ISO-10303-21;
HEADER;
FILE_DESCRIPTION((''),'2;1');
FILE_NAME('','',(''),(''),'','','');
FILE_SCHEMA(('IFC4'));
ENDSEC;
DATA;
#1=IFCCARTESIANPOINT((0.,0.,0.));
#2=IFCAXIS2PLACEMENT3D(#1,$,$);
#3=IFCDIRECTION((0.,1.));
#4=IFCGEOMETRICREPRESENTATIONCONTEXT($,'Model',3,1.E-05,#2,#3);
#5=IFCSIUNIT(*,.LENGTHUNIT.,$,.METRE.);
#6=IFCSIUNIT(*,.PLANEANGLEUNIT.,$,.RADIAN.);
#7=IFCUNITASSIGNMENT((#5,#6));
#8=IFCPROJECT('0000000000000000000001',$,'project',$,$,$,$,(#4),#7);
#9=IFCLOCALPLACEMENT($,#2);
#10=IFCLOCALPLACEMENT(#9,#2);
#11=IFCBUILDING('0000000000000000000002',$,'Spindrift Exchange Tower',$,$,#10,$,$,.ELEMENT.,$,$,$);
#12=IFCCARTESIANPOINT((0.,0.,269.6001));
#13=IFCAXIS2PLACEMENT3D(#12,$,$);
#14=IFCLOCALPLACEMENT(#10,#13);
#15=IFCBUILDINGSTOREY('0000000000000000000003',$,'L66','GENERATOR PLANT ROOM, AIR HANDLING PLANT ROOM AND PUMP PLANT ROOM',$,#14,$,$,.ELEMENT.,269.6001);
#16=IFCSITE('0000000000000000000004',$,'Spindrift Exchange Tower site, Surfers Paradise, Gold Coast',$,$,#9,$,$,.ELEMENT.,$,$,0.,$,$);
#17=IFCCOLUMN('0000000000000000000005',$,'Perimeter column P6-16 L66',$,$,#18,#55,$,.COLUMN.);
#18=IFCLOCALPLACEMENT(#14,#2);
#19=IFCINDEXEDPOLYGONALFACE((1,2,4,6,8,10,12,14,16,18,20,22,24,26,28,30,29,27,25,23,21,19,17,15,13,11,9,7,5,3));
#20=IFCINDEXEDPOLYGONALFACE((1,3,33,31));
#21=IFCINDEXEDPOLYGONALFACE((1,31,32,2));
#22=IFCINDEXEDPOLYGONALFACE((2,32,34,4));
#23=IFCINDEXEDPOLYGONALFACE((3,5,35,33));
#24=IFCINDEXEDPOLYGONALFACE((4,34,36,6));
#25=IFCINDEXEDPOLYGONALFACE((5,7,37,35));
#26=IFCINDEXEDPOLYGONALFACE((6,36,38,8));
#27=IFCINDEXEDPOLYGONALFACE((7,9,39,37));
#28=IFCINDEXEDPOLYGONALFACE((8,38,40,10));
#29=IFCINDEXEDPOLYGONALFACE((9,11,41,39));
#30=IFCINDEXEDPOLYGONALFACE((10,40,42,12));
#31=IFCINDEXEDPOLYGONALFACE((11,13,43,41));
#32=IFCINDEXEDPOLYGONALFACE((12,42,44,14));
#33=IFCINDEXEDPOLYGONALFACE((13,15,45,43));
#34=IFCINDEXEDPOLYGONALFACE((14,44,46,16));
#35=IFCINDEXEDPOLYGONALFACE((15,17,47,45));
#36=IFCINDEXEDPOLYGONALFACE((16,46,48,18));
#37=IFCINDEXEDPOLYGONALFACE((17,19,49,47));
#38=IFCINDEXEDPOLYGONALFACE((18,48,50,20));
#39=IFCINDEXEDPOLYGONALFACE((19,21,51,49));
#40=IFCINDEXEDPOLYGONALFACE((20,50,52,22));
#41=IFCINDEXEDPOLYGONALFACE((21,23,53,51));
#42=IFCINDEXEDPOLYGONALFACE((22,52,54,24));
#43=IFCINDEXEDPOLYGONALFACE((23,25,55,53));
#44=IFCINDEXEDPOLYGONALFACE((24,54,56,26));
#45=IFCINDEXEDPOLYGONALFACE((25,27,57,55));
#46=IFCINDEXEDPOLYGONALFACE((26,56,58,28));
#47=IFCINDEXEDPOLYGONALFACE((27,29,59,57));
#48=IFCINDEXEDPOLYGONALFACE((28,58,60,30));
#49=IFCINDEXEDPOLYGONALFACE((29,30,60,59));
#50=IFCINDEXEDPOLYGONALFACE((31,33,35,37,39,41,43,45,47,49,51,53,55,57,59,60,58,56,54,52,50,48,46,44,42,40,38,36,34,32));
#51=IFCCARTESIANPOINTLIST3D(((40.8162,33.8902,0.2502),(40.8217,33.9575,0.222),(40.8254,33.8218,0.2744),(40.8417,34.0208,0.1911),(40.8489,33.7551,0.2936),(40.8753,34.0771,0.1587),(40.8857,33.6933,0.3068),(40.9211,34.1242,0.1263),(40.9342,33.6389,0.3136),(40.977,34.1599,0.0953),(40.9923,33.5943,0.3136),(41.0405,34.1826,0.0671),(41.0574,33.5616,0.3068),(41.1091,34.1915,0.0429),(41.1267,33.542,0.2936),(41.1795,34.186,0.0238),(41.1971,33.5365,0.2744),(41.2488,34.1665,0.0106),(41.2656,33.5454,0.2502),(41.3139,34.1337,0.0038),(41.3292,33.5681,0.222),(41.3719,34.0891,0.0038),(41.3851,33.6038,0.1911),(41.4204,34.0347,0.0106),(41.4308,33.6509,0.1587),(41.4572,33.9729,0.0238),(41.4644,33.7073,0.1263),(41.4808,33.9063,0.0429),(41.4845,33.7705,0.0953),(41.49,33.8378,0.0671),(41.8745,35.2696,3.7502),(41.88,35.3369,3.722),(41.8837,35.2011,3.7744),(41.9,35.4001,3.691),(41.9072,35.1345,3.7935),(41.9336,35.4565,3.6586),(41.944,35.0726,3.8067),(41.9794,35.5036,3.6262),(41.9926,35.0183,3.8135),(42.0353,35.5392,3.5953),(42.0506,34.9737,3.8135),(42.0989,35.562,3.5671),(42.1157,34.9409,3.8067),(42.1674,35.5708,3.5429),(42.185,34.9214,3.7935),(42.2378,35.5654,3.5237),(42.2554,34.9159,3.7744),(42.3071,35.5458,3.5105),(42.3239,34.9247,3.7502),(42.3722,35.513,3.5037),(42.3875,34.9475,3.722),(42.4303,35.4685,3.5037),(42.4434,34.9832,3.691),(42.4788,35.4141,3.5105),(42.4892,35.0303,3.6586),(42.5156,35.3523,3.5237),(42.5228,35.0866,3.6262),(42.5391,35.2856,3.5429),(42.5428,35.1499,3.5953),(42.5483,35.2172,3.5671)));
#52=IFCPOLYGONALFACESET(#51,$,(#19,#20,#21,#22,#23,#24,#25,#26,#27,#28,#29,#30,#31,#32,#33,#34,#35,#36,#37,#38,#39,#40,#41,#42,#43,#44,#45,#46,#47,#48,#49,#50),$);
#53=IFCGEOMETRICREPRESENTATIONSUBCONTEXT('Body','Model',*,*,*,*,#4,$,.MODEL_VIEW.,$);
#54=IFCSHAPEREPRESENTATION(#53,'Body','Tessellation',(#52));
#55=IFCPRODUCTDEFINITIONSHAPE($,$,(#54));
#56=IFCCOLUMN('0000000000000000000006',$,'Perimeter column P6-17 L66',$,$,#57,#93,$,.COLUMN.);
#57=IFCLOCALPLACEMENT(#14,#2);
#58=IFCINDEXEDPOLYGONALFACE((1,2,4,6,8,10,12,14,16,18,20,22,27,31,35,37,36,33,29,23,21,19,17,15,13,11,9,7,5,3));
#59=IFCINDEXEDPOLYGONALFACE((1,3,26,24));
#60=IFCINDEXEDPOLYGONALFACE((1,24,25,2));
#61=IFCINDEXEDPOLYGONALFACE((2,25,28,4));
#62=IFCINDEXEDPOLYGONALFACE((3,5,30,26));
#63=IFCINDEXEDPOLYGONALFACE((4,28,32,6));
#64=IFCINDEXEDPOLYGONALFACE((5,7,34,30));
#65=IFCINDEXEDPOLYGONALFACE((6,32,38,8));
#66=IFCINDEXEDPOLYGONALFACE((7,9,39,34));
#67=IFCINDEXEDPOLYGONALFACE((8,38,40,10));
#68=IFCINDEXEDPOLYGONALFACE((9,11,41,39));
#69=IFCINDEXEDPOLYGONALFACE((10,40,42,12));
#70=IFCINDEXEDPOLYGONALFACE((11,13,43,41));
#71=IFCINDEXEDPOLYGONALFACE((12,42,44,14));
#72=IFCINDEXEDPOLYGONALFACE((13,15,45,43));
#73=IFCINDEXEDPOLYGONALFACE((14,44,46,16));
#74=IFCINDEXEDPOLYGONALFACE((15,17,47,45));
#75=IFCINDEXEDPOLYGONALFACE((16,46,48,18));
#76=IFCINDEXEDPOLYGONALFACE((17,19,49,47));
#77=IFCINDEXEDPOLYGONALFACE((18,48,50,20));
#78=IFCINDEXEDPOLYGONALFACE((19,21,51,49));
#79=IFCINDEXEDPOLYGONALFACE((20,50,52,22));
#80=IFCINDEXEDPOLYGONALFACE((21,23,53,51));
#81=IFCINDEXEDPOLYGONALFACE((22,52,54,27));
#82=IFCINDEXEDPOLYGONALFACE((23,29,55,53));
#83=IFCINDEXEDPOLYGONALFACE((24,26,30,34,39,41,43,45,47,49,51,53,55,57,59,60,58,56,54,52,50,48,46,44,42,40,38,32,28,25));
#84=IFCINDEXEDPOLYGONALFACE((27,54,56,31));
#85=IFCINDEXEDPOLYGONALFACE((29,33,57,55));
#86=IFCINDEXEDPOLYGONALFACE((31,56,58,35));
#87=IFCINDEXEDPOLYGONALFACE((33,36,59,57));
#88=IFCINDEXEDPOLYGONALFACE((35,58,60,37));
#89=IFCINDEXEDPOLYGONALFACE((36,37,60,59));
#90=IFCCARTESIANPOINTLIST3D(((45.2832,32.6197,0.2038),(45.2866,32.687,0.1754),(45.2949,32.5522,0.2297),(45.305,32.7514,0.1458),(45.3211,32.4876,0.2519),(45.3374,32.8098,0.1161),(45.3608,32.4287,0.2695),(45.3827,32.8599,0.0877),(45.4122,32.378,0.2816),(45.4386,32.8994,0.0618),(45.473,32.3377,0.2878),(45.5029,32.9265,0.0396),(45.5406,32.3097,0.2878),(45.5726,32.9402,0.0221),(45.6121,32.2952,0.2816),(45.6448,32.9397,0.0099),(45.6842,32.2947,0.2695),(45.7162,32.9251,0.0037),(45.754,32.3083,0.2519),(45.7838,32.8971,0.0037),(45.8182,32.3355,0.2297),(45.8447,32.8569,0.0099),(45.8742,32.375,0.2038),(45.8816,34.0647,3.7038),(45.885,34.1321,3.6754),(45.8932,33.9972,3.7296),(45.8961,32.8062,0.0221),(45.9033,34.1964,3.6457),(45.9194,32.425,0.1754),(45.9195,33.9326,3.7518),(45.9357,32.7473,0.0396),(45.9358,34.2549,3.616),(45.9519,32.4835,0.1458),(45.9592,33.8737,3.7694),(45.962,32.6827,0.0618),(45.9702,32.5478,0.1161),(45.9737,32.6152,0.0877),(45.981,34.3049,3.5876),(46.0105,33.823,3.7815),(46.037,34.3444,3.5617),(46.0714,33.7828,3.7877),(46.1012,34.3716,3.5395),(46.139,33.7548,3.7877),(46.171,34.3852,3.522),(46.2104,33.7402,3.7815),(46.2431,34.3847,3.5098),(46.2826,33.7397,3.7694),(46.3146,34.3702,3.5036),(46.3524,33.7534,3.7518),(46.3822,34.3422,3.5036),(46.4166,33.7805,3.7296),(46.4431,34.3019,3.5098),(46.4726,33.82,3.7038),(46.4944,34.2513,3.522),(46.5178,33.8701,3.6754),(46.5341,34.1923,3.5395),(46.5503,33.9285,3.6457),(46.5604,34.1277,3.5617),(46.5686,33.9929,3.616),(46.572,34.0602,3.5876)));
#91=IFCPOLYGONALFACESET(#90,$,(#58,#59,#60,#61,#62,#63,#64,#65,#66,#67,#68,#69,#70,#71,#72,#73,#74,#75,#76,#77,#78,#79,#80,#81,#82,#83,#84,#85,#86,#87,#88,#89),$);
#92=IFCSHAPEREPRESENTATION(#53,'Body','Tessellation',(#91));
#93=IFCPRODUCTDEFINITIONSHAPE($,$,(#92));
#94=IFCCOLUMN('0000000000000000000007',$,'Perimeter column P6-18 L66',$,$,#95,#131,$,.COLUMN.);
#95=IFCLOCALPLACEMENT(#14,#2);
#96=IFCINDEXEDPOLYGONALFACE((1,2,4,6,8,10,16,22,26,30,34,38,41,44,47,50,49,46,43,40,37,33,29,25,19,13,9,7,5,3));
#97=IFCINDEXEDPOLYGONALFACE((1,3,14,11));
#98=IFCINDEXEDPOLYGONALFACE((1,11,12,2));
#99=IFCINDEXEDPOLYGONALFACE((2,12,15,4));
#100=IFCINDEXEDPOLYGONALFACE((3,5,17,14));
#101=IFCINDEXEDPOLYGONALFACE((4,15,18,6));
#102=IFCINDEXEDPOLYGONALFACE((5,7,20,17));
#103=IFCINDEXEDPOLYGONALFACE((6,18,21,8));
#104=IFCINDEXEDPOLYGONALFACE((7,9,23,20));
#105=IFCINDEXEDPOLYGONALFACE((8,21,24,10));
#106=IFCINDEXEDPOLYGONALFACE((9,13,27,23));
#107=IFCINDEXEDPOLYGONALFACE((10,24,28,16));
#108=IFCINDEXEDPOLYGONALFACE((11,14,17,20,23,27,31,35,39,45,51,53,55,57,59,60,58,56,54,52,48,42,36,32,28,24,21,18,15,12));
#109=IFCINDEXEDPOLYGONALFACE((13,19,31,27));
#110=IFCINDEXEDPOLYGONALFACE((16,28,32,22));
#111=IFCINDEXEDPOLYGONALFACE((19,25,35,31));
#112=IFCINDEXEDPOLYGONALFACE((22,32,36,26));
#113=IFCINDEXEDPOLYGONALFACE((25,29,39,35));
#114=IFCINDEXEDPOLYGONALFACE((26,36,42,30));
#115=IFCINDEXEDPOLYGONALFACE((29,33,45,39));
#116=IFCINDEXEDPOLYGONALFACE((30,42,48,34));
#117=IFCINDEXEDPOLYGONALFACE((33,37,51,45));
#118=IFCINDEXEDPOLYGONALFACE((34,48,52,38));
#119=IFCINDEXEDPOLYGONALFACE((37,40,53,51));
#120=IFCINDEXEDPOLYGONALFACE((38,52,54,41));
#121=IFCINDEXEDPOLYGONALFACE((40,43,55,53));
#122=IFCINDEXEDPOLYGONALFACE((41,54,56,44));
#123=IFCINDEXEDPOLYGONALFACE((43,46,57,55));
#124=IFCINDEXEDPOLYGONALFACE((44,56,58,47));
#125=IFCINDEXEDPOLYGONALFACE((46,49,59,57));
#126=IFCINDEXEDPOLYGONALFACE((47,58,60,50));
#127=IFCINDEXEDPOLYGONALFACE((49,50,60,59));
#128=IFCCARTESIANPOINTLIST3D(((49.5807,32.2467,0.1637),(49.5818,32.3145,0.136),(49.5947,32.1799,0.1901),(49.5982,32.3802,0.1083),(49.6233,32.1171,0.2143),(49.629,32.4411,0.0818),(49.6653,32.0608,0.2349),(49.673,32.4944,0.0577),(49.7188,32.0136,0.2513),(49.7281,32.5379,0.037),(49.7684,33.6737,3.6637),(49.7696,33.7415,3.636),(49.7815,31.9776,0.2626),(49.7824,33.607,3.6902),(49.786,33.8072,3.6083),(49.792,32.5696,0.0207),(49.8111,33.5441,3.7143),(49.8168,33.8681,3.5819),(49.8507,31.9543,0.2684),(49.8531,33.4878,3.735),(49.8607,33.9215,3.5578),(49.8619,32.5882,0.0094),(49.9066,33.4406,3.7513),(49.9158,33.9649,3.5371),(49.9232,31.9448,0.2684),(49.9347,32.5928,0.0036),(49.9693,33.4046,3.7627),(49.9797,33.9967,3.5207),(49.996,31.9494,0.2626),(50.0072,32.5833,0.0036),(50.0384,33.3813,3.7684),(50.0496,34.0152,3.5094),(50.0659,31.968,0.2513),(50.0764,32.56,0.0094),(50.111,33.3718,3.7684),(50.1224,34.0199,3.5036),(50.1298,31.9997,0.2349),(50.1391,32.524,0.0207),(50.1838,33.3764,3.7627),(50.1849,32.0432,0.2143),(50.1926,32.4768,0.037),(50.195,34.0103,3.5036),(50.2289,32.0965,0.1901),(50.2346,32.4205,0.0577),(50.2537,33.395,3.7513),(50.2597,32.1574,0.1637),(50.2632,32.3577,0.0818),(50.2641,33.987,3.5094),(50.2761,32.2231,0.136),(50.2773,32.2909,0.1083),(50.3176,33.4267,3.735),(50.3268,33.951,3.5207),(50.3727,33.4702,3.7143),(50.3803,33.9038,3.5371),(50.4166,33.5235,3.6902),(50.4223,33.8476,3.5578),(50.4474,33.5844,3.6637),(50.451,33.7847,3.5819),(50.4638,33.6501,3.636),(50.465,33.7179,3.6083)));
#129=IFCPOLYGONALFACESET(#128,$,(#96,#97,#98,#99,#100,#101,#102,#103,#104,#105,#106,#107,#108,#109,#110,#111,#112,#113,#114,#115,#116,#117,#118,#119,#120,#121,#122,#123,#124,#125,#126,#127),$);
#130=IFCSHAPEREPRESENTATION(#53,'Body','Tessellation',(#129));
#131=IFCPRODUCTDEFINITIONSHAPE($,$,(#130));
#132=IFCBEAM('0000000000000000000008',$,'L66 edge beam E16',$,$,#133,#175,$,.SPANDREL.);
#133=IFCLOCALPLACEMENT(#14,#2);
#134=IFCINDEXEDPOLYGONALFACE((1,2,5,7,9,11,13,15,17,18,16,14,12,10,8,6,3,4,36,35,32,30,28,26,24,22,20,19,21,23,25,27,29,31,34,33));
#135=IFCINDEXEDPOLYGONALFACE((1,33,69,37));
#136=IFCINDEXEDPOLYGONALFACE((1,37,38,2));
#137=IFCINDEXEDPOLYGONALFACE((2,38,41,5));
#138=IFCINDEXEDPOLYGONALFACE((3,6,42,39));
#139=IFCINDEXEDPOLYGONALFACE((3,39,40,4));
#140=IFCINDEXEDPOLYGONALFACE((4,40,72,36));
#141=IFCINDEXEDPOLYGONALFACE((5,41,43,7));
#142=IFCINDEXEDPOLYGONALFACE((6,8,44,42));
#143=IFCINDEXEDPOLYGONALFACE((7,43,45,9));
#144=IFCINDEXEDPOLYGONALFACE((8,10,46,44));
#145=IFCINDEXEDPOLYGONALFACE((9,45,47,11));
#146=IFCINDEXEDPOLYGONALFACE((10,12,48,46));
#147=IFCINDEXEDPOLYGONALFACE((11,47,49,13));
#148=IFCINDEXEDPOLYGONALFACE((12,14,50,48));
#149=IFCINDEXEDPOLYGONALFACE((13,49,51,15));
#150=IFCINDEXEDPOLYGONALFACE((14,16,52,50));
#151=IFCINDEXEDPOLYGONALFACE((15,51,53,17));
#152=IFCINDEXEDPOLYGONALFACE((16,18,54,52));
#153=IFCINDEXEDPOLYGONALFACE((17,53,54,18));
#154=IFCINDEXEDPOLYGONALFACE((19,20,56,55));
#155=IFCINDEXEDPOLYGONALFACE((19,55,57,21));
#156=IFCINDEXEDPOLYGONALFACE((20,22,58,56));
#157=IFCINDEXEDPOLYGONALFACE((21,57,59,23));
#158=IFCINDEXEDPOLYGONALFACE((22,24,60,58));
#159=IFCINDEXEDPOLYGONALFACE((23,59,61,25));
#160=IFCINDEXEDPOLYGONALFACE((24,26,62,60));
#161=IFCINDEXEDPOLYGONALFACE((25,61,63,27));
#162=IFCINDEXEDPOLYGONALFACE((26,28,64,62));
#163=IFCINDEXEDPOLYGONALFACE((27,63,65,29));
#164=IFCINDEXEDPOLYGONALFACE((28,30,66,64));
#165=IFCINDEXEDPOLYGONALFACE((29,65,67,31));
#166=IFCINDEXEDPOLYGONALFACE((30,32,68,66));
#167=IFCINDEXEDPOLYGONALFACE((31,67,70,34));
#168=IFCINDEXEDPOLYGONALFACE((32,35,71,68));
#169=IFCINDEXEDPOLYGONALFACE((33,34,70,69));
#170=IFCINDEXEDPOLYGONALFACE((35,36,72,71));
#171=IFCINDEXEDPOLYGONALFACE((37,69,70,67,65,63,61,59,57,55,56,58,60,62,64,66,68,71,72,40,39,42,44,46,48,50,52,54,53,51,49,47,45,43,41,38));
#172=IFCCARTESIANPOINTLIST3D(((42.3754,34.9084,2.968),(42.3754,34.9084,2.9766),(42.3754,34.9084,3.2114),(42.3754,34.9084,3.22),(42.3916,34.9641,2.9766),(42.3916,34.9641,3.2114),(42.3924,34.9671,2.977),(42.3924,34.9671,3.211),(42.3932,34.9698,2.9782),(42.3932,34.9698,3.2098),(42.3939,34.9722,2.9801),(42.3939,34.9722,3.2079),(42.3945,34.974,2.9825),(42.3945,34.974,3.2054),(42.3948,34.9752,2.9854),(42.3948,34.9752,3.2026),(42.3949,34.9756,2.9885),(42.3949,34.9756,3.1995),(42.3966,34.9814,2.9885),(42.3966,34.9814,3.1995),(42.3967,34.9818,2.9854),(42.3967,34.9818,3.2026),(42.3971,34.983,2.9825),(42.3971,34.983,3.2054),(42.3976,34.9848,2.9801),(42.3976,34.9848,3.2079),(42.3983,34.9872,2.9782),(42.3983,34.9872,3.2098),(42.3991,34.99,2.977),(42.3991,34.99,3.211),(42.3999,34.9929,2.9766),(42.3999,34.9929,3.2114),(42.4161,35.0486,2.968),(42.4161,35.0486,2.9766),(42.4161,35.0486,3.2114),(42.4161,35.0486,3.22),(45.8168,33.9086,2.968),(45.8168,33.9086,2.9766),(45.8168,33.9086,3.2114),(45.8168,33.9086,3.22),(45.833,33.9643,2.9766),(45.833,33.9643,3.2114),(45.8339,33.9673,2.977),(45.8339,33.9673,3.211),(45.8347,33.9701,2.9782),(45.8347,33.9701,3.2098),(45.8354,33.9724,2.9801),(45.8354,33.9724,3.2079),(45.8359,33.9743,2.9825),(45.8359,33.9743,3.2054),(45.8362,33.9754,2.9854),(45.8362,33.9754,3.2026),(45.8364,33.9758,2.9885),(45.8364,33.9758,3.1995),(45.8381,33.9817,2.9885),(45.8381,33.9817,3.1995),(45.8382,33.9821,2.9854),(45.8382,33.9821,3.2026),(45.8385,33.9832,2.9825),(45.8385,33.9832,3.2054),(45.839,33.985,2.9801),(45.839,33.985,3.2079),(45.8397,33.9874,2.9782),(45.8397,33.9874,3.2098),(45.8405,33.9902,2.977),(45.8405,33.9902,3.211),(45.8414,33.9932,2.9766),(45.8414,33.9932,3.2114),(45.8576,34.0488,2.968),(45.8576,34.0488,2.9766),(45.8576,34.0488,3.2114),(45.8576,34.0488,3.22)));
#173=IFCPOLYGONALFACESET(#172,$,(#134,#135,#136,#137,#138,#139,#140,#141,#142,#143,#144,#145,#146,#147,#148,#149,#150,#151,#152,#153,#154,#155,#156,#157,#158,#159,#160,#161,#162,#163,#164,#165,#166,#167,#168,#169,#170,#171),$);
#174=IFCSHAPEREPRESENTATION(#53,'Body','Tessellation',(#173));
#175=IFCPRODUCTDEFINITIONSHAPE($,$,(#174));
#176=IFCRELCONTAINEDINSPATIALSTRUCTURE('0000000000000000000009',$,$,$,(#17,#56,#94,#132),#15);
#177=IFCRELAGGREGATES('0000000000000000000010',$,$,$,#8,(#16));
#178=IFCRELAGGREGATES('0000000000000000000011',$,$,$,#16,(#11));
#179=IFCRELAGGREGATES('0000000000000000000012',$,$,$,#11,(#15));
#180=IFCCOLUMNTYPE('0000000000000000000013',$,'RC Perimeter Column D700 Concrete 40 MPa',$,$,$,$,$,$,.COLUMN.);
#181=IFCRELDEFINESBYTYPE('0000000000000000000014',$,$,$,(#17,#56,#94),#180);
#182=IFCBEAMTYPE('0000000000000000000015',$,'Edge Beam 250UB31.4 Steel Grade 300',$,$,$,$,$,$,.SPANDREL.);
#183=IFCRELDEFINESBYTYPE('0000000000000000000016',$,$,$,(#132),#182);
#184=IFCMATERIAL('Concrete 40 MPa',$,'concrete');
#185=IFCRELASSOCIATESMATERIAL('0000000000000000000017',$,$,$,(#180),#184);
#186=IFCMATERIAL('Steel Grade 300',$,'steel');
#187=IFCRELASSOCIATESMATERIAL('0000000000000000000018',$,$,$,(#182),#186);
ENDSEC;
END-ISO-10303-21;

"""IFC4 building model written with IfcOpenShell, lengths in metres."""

from ifc_helpers import new_model, si_unit, direction, frame, origin, origin_2d, place, context, subcontext, project, spatial, circle, i_section, extrude, source, transform, mapped, material, material_profile, profile_set, type_object, element, save


model = new_model("IFC4")

# Units and contexts
model_context = context("Model", 3, precision=1e-05, world=origin(), true_north=direction((0.0, 1.0)))
body_context = subcontext(model_context, "Body", "Model", "MODEL_VIEW")
ifc_project = project(units=[si_unit("LENGTHUNIT", "METRE"), si_unit("PLANEANGLEUNIT", "RADIAN")], contexts=[model_context])

# Site, building, storey
site_placement = place(None, origin())
site = spatial("IfcSite", under=ifc_project, at=site_placement, Name="Spindrift Exchange Tower site, Surfers Paradise, Gold Coast", CompositionType="ELEMENT", RefElevation=0.0)
building_placement = place(site_placement, origin())
building = spatial("IfcBuilding", under=site, at=building_placement, Name="Spindrift Exchange Tower", CompositionType="ELEMENT")
storey_placement = place(building_placement, frame((0.0, 0.0, 269.6001)))
storey = spatial("IfcBuildingStorey", under=building, at=storey_placement, Name="L66", Description="GENERATOR PLANT ROOM, AIR HANDLING PLANT ROOM AND PUMP PLANT ROOM", CompositionType="ELEMENT", Elevation=269.6001)

# Columns
ifc_material_1 = material(Name="Concrete 40 MPa", Category="concrete")
ifc_material_profile_1 = material_profile(ifc_material_1, circle(Radius=0.3501, at=origin_2d()), Name="RC D700")
ifc_profile_set_1 = profile_set([ifc_material_profile_1], Name="Concrete 40 MPa")
column_type = type_object("IfcColumnType", Name="RC Perimeter Column D700 Concrete 40 MPa", PredefinedType="COLUMN", material=ifc_profile_set_1)
shared_shape_1 = source(origin(), body_context, "Body", "SweptSolid", [
    extrude(circle(Radius=0.3501, at=origin_2d()), origin(), (0.0, 0.0, 1.0), 3.908),
])
column_1_placement = place(storey_placement, frame((41.1531, 33.864, 0.1587), z_axis=(0.270813, 0.352963, 0.895588), x_axis=(-0.79338, 0.608726, 0.0)))
element("IfcColumn", 1, at=column_1_placement, inside=storey, type_object=column_type, Name="Perimeter column P6-16 L66", PredefinedType="COLUMN", context=body_context, shape_type="MappedRepresentation", body=[
    mapped(shared_shape_1, transform((0.0, 0.0, 0.0), scale=1.0)),
])
shared_shape_2 = source(origin(), body_context, "Body", "SweptSolid", [
    extrude(circle(Radius=0.3501, at=origin_2d()), origin(), (0.0, 0.0, 1.0), 3.8335),
])
column_2_placement = place(storey_placement, frame((45.6284, 32.6174, 0.1458), z_axis=(0.156092, 0.376951, 0.912986), x_axis=(-0.92392, 0.382586, 0.0)))
element("IfcColumn", 2, at=column_2_placement, inside=storey, type_object=column_type, Name="Perimeter column P6-17 L66", PredefinedType="COLUMN", context=body_context, shape_type="MappedRepresentation", body=[
    mapped(shared_shape_2, transform((0.0, 0.0, 0.0), scale=1.0)),
])
shared_shape_3 = source(origin(), body_context, "Body", "SweptSolid", [
    extrude(circle(Radius=0.3501, at=origin_2d()), origin(), (0.0, 0.0, 1.0), 3.7844),
])
column_3_placement = place(storey_placement, frame((49.929, 32.2688, 0.136), z_axis=(0.04961, 0.377076, 0.924853), x_axis=(-0.991456, 0.130441, 0.0)))
element("IfcColumn", 3, at=column_3_placement, inside=storey, type_object=column_type, Name="Perimeter column P6-18 L66", PredefinedType="COLUMN", context=body_context, shape_type="MappedRepresentation", body=[
    mapped(shared_shape_3, transform((0.0, 0.0, 0.0), scale=1.0)),
])

# Beam
ifc_material_2 = material(Name="Steel Grade 300", Category="steel")
ifc_material_profile_2 = material_profile(ifc_material_2, i_section(OverallWidth=0.146, OverallDepth=0.252, WebThickness=0.0061, FlangeThickness=0.0085, FilletRadius=0.012, at=origin_2d()), Name="250UB31.4")
ifc_profile_set_2 = profile_set([ifc_material_profile_2], Name="Steel Grade 300")
beam_type = type_object("IfcBeamType", Name="Edge Beam 250UB31.4 Steel Grade 300", PredefinedType="SPANDREL", material=ifc_profile_set_2)
shared_shape_4 = source(origin(), body_context, "Body", "SweptSolid", [
    extrude(i_section(OverallWidth=0.146, OverallDepth=0.252, WebThickness=0.0061, FlangeThickness=0.0085, FilletRadius=0.012, at=origin_2d()), origin(), (0.0, 0.0, 1.0), 3.5837),
])
beam_1_placement = place(storey_placement, frame((42.3958, 34.9785, 3.094), z_axis=(0.960299, -0.278974, 0.0), x_axis=(0.278974, 0.960299, 0.0)))
element("IfcBeam", 4, at=beam_1_placement, inside=storey, type_object=beam_type, Name="L66 edge beam E16", PredefinedType="SPANDREL", context=body_context, shape_type="MappedRepresentation", body=[
    mapped(shared_shape_4, transform((0.0, 0.0, 0.0), scale=1.0)),
])

save(model, "model.ifc")
